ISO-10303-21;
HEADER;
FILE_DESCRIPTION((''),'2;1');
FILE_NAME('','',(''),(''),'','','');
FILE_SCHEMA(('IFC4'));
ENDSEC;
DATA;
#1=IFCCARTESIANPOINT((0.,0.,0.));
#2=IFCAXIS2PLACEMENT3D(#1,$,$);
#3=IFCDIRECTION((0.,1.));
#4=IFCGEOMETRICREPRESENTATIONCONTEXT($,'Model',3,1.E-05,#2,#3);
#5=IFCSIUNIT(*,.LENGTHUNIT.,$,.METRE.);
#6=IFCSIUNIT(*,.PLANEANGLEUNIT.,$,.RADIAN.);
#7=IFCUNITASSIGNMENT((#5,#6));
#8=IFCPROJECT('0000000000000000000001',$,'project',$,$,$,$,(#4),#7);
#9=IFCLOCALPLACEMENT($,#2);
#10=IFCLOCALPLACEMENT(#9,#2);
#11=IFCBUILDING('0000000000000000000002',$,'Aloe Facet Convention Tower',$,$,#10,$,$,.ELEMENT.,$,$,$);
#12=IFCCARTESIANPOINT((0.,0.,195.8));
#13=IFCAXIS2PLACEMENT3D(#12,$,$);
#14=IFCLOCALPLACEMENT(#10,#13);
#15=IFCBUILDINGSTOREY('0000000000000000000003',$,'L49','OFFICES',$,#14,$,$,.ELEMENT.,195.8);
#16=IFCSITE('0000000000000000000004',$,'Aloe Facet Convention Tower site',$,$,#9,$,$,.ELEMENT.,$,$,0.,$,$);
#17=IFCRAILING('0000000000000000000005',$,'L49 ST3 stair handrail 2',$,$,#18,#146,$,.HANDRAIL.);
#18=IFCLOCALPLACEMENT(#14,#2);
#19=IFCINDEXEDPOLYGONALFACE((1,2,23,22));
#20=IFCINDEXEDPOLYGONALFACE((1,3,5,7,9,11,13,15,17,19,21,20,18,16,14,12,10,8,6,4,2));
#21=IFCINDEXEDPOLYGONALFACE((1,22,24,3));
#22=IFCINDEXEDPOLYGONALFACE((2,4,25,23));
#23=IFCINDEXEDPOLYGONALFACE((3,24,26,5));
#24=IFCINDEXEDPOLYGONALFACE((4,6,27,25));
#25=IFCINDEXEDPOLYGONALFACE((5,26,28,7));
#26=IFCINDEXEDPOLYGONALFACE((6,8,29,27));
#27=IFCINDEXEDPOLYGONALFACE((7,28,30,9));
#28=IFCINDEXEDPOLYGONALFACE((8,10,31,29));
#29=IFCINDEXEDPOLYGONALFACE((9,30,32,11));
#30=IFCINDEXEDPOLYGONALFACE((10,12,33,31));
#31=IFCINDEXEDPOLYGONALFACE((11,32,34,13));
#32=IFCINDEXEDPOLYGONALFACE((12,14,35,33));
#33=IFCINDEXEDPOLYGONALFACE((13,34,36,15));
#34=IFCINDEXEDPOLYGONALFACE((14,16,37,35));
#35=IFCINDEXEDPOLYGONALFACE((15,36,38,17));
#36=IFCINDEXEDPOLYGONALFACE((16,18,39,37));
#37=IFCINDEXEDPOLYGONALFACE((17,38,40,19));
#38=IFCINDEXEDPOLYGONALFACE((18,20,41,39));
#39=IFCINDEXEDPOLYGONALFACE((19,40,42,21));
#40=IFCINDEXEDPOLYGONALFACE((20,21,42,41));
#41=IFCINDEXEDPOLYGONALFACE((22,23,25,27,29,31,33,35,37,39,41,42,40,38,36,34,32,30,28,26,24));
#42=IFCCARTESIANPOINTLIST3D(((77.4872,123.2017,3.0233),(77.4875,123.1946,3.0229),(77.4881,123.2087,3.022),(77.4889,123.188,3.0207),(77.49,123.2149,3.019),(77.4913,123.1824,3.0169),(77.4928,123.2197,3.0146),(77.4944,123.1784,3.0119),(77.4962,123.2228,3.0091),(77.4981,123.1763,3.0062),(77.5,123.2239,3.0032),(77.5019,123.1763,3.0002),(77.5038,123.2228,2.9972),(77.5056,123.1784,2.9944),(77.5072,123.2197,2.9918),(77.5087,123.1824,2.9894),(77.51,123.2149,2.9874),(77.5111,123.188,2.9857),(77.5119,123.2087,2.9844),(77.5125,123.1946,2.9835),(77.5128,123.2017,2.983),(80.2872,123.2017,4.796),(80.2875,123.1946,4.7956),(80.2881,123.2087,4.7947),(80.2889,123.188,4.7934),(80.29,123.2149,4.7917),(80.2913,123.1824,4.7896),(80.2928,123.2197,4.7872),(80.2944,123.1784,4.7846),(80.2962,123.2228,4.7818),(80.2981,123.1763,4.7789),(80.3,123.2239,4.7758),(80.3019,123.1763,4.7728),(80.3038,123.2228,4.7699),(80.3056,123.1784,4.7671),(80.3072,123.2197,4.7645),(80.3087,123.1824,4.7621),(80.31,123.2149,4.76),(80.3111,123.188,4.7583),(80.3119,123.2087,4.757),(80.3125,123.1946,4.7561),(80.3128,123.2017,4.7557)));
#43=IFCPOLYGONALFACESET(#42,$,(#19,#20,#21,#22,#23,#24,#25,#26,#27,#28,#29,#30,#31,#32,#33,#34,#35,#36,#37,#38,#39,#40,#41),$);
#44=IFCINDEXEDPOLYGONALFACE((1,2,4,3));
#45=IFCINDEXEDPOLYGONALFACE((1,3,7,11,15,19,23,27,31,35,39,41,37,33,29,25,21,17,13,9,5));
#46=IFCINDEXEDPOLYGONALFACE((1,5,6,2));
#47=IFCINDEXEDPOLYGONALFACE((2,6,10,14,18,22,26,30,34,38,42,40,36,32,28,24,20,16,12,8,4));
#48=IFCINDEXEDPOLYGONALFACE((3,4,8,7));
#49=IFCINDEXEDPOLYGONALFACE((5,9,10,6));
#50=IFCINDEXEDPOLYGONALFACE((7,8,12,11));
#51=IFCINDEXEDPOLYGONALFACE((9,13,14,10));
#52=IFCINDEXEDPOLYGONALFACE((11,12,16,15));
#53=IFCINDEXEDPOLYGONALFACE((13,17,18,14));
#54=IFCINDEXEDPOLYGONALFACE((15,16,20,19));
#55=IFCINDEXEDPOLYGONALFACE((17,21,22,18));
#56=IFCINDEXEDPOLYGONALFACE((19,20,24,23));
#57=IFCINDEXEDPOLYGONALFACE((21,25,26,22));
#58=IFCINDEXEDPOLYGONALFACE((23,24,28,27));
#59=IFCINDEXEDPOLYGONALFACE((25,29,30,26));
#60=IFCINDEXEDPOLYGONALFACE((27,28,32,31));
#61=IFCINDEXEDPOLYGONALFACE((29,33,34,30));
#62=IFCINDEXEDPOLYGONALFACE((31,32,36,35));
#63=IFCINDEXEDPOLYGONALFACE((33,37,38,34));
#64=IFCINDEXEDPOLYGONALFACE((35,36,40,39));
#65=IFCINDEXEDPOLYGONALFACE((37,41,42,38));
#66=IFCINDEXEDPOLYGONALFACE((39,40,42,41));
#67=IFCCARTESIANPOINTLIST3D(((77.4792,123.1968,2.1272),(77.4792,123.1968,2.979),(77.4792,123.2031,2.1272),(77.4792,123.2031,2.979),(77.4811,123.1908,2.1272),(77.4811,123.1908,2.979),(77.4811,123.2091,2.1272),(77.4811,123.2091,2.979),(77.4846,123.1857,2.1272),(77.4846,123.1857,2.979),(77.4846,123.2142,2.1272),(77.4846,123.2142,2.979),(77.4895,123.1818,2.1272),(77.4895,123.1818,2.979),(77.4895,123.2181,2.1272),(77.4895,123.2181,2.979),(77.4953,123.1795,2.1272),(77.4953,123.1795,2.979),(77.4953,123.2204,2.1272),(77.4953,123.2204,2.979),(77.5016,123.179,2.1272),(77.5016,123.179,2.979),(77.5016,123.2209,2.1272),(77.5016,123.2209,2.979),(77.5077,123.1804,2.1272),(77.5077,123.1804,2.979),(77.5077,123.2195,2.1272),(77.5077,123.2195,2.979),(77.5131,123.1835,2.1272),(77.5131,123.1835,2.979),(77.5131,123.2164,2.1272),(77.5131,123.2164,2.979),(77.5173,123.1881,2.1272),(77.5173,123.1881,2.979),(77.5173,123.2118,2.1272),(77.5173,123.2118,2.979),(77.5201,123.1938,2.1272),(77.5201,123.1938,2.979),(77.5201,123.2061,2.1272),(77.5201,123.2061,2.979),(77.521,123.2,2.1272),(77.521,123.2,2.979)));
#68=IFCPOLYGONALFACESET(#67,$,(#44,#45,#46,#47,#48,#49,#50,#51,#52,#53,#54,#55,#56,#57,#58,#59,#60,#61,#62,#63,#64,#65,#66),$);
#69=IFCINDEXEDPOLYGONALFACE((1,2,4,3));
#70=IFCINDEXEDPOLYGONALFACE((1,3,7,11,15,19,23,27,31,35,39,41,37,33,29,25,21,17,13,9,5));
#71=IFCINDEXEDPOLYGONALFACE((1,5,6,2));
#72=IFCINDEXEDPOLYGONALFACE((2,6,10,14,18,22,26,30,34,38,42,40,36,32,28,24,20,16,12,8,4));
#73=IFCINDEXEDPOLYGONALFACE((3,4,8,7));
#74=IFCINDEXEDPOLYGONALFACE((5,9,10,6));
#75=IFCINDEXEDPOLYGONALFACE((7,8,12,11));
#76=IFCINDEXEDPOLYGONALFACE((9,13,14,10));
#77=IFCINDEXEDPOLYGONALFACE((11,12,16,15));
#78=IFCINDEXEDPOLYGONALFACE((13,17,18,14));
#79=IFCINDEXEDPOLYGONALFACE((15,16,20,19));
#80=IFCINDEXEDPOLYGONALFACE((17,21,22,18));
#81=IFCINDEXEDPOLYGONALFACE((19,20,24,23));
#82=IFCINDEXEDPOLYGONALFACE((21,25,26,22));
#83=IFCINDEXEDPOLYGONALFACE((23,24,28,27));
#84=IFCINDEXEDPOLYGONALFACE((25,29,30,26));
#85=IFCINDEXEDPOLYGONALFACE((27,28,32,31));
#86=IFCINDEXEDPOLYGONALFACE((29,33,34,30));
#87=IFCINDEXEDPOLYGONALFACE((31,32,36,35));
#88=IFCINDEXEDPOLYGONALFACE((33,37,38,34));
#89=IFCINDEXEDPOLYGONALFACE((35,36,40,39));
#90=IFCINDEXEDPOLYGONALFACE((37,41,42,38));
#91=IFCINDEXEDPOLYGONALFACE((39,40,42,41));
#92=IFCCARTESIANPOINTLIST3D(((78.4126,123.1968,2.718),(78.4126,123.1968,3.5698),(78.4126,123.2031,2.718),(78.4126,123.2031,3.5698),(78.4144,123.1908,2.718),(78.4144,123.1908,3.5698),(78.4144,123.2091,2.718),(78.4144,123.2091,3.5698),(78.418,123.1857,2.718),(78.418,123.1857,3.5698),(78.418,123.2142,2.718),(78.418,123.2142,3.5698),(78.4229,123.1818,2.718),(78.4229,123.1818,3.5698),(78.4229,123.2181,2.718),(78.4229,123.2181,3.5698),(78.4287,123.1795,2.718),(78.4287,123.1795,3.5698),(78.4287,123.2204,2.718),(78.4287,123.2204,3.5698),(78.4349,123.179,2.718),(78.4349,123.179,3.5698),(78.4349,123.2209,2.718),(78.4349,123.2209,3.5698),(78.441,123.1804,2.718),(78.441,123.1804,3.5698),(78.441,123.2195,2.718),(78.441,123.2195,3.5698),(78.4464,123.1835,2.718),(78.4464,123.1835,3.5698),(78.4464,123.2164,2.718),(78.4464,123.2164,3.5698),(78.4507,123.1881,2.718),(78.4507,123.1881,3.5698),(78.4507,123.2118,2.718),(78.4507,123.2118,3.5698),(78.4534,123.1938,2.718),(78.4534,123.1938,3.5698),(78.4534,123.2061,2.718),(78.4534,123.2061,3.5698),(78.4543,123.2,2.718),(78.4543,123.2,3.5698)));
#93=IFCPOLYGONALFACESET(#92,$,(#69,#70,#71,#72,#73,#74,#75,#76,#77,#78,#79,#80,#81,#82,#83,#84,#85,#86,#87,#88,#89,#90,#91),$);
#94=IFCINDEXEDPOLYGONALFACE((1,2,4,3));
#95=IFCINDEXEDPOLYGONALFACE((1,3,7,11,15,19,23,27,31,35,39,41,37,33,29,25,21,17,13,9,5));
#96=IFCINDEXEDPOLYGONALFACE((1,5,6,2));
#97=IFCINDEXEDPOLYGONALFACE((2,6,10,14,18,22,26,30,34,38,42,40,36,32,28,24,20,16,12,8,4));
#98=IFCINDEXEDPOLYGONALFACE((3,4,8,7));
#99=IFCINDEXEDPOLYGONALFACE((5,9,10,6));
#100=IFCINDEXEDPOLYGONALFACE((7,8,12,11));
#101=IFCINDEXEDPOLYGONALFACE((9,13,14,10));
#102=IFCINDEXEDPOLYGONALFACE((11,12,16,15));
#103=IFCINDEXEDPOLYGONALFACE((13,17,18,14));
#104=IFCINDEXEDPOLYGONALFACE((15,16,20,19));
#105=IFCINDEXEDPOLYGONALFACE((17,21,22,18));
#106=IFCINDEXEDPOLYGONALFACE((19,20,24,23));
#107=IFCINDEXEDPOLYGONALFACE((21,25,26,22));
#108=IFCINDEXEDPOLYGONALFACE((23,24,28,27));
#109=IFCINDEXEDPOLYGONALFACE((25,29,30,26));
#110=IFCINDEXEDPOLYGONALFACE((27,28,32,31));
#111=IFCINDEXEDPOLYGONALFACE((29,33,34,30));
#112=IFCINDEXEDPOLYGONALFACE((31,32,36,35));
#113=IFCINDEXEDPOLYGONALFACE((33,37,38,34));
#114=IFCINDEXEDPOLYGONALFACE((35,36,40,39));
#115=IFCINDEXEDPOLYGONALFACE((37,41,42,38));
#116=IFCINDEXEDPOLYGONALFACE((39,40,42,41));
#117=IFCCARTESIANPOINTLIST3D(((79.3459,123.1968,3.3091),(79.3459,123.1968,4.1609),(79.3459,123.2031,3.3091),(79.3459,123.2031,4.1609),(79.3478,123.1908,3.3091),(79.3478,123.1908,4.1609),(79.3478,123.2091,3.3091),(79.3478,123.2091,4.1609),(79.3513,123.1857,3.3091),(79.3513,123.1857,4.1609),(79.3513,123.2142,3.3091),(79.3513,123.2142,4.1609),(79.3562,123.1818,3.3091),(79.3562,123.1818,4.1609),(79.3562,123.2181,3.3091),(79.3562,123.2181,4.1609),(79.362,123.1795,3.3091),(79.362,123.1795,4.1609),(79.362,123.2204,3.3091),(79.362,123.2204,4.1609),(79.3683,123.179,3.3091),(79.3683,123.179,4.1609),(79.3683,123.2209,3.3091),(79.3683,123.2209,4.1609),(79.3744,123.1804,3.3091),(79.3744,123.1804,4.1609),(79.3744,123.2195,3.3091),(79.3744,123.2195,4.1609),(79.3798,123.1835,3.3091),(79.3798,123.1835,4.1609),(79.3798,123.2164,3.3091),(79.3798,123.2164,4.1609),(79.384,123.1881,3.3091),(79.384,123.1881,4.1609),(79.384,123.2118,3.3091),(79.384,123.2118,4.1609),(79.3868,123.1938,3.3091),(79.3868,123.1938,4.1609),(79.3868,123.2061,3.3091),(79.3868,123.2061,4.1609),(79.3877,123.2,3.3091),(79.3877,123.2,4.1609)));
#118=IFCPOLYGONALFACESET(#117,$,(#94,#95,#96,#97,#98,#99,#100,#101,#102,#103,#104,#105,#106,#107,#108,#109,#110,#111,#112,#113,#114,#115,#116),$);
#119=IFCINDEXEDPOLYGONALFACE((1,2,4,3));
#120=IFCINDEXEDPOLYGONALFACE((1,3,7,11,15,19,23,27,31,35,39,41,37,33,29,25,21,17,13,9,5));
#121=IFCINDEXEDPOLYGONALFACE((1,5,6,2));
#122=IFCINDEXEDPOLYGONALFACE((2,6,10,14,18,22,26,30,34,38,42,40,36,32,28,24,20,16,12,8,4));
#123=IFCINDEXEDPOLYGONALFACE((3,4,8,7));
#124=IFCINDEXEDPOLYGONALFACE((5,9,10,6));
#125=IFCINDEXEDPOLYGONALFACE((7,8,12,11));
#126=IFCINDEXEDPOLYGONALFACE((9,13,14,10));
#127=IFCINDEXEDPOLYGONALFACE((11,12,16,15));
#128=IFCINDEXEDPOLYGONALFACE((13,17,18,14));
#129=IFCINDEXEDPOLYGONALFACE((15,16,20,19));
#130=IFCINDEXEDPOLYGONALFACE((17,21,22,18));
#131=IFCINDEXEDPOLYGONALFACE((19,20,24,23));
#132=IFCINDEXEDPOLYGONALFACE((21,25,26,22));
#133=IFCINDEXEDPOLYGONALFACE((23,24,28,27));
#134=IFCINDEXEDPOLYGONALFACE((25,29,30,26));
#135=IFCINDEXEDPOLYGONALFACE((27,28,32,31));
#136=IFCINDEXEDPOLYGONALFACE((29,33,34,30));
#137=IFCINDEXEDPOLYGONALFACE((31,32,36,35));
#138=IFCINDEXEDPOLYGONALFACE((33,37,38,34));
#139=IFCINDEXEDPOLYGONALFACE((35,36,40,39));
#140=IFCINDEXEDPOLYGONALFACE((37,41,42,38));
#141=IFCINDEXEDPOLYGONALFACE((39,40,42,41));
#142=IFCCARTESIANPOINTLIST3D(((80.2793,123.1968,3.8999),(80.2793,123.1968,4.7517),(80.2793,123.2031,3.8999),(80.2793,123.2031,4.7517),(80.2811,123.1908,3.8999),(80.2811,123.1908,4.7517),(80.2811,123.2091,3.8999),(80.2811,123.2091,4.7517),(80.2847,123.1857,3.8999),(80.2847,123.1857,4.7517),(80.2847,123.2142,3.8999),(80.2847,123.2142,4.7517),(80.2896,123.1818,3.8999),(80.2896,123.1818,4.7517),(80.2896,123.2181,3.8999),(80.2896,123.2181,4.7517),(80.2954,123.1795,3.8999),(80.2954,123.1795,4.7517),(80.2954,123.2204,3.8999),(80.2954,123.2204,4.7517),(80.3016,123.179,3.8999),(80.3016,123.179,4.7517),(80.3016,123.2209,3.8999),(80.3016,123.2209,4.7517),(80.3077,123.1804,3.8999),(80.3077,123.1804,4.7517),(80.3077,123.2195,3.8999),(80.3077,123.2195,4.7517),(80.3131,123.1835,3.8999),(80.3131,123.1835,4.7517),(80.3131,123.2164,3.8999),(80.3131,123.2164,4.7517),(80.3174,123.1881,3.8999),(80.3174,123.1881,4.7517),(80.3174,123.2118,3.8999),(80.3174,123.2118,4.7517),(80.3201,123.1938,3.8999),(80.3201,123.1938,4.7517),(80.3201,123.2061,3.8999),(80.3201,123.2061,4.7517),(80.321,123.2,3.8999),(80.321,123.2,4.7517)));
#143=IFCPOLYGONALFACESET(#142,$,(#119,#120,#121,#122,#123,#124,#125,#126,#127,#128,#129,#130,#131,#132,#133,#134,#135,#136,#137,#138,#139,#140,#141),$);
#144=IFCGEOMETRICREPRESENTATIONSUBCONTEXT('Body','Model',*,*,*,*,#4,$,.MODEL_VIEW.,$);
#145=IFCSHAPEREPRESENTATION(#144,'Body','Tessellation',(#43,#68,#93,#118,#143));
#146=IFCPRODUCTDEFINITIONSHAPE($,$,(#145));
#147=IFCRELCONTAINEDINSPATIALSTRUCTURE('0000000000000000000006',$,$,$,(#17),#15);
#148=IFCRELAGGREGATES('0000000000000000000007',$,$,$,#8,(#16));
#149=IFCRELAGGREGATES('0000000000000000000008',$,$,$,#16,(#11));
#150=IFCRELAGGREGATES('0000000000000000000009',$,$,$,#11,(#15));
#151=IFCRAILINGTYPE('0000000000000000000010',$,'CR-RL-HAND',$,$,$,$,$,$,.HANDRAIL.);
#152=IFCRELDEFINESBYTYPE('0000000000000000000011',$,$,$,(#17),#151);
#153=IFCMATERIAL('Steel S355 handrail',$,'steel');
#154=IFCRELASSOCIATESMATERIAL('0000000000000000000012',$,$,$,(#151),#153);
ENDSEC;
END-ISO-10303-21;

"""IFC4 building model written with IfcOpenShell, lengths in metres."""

from ifc_helpers import new_model, si_unit, direction, frame, origin, origin_2d, place, context, subcontext, project, spatial, circle, extrude, material, type_object, element, save


model = new_model("IFC4")

# Units and contexts
model_context = context("Model", 3, precision=1e-05, world=origin(), true_north=direction((0.0, 1.0)))
body_context = subcontext(model_context, "Body", "Model", "MODEL_VIEW")
ifc_project = project(units=[si_unit("LENGTHUNIT", "METRE"), si_unit("PLANEANGLEUNIT", "RADIAN")], contexts=[model_context])

# Site, building, storey
site_placement = place(None, origin())
site = spatial("IfcSite", under=ifc_project, at=site_placement, Name="Aloe Facet Convention Tower site", CompositionType="ELEMENT", RefElevation=0.0)
building_placement = place(site_placement, origin())
building = spatial("IfcBuilding", under=site, at=building_placement, Name="Aloe Facet Convention Tower", CompositionType="ELEMENT")
storey_placement = place(building_placement, frame((0.0, 0.0, 195.8)))
storey = spatial("IfcBuildingStorey", under=building, at=storey_placement, Name="L49", Description="OFFICES", CompositionType="ELEMENT", Elevation=195.8)

# Railing
ifc_material_1 = material(Name="Steel S355 handrail", Category="steel")
railing_type = type_object("IfcRailingType", Name="CR-RL-HAND", PredefinedType="HANDRAIL", material=ifc_material_1)
railing_placement = place(storey_placement, frame((77.5, 123.2, 2.1272)))
element("IfcRailing", 1, at=railing_placement, inside=storey, type_object=railing_type, Name="L49 ST3 stair handrail 2", PredefinedType="HANDRAIL", context=body_context, shape_type="SweptSolid", body=[
    extrude(circle(Radius=0.0239, at=origin_2d()), frame((0.0, 0.0, 0.876), z_axis=(0.844909, 0.0, 0.53491), x_axis=(0.0, 1.0, 0.0)), (0.0, 0.0, 1.0), 3.314),
    extrude(circle(Radius=0.021, at=origin_2d()), origin(), (0.0, 0.0, 1.0), 0.8518),
    extrude(circle(Radius=0.021, at=origin_2d()), frame((0.9333, 0.0, 0.5908)), (0.0, 0.0, 1.0), 0.8518),
    extrude(circle(Radius=0.021, at=origin_2d()), frame((1.8667, 0.0, 1.1819)), (0.0, 0.0, 1.0), 0.8518),
    extrude(circle(Radius=0.021, at=origin_2d()), frame((2.8, 0.0, 1.7727)), (0.0, 0.0, 1.0), 0.8518),
])

save(model, "model.ifc")
